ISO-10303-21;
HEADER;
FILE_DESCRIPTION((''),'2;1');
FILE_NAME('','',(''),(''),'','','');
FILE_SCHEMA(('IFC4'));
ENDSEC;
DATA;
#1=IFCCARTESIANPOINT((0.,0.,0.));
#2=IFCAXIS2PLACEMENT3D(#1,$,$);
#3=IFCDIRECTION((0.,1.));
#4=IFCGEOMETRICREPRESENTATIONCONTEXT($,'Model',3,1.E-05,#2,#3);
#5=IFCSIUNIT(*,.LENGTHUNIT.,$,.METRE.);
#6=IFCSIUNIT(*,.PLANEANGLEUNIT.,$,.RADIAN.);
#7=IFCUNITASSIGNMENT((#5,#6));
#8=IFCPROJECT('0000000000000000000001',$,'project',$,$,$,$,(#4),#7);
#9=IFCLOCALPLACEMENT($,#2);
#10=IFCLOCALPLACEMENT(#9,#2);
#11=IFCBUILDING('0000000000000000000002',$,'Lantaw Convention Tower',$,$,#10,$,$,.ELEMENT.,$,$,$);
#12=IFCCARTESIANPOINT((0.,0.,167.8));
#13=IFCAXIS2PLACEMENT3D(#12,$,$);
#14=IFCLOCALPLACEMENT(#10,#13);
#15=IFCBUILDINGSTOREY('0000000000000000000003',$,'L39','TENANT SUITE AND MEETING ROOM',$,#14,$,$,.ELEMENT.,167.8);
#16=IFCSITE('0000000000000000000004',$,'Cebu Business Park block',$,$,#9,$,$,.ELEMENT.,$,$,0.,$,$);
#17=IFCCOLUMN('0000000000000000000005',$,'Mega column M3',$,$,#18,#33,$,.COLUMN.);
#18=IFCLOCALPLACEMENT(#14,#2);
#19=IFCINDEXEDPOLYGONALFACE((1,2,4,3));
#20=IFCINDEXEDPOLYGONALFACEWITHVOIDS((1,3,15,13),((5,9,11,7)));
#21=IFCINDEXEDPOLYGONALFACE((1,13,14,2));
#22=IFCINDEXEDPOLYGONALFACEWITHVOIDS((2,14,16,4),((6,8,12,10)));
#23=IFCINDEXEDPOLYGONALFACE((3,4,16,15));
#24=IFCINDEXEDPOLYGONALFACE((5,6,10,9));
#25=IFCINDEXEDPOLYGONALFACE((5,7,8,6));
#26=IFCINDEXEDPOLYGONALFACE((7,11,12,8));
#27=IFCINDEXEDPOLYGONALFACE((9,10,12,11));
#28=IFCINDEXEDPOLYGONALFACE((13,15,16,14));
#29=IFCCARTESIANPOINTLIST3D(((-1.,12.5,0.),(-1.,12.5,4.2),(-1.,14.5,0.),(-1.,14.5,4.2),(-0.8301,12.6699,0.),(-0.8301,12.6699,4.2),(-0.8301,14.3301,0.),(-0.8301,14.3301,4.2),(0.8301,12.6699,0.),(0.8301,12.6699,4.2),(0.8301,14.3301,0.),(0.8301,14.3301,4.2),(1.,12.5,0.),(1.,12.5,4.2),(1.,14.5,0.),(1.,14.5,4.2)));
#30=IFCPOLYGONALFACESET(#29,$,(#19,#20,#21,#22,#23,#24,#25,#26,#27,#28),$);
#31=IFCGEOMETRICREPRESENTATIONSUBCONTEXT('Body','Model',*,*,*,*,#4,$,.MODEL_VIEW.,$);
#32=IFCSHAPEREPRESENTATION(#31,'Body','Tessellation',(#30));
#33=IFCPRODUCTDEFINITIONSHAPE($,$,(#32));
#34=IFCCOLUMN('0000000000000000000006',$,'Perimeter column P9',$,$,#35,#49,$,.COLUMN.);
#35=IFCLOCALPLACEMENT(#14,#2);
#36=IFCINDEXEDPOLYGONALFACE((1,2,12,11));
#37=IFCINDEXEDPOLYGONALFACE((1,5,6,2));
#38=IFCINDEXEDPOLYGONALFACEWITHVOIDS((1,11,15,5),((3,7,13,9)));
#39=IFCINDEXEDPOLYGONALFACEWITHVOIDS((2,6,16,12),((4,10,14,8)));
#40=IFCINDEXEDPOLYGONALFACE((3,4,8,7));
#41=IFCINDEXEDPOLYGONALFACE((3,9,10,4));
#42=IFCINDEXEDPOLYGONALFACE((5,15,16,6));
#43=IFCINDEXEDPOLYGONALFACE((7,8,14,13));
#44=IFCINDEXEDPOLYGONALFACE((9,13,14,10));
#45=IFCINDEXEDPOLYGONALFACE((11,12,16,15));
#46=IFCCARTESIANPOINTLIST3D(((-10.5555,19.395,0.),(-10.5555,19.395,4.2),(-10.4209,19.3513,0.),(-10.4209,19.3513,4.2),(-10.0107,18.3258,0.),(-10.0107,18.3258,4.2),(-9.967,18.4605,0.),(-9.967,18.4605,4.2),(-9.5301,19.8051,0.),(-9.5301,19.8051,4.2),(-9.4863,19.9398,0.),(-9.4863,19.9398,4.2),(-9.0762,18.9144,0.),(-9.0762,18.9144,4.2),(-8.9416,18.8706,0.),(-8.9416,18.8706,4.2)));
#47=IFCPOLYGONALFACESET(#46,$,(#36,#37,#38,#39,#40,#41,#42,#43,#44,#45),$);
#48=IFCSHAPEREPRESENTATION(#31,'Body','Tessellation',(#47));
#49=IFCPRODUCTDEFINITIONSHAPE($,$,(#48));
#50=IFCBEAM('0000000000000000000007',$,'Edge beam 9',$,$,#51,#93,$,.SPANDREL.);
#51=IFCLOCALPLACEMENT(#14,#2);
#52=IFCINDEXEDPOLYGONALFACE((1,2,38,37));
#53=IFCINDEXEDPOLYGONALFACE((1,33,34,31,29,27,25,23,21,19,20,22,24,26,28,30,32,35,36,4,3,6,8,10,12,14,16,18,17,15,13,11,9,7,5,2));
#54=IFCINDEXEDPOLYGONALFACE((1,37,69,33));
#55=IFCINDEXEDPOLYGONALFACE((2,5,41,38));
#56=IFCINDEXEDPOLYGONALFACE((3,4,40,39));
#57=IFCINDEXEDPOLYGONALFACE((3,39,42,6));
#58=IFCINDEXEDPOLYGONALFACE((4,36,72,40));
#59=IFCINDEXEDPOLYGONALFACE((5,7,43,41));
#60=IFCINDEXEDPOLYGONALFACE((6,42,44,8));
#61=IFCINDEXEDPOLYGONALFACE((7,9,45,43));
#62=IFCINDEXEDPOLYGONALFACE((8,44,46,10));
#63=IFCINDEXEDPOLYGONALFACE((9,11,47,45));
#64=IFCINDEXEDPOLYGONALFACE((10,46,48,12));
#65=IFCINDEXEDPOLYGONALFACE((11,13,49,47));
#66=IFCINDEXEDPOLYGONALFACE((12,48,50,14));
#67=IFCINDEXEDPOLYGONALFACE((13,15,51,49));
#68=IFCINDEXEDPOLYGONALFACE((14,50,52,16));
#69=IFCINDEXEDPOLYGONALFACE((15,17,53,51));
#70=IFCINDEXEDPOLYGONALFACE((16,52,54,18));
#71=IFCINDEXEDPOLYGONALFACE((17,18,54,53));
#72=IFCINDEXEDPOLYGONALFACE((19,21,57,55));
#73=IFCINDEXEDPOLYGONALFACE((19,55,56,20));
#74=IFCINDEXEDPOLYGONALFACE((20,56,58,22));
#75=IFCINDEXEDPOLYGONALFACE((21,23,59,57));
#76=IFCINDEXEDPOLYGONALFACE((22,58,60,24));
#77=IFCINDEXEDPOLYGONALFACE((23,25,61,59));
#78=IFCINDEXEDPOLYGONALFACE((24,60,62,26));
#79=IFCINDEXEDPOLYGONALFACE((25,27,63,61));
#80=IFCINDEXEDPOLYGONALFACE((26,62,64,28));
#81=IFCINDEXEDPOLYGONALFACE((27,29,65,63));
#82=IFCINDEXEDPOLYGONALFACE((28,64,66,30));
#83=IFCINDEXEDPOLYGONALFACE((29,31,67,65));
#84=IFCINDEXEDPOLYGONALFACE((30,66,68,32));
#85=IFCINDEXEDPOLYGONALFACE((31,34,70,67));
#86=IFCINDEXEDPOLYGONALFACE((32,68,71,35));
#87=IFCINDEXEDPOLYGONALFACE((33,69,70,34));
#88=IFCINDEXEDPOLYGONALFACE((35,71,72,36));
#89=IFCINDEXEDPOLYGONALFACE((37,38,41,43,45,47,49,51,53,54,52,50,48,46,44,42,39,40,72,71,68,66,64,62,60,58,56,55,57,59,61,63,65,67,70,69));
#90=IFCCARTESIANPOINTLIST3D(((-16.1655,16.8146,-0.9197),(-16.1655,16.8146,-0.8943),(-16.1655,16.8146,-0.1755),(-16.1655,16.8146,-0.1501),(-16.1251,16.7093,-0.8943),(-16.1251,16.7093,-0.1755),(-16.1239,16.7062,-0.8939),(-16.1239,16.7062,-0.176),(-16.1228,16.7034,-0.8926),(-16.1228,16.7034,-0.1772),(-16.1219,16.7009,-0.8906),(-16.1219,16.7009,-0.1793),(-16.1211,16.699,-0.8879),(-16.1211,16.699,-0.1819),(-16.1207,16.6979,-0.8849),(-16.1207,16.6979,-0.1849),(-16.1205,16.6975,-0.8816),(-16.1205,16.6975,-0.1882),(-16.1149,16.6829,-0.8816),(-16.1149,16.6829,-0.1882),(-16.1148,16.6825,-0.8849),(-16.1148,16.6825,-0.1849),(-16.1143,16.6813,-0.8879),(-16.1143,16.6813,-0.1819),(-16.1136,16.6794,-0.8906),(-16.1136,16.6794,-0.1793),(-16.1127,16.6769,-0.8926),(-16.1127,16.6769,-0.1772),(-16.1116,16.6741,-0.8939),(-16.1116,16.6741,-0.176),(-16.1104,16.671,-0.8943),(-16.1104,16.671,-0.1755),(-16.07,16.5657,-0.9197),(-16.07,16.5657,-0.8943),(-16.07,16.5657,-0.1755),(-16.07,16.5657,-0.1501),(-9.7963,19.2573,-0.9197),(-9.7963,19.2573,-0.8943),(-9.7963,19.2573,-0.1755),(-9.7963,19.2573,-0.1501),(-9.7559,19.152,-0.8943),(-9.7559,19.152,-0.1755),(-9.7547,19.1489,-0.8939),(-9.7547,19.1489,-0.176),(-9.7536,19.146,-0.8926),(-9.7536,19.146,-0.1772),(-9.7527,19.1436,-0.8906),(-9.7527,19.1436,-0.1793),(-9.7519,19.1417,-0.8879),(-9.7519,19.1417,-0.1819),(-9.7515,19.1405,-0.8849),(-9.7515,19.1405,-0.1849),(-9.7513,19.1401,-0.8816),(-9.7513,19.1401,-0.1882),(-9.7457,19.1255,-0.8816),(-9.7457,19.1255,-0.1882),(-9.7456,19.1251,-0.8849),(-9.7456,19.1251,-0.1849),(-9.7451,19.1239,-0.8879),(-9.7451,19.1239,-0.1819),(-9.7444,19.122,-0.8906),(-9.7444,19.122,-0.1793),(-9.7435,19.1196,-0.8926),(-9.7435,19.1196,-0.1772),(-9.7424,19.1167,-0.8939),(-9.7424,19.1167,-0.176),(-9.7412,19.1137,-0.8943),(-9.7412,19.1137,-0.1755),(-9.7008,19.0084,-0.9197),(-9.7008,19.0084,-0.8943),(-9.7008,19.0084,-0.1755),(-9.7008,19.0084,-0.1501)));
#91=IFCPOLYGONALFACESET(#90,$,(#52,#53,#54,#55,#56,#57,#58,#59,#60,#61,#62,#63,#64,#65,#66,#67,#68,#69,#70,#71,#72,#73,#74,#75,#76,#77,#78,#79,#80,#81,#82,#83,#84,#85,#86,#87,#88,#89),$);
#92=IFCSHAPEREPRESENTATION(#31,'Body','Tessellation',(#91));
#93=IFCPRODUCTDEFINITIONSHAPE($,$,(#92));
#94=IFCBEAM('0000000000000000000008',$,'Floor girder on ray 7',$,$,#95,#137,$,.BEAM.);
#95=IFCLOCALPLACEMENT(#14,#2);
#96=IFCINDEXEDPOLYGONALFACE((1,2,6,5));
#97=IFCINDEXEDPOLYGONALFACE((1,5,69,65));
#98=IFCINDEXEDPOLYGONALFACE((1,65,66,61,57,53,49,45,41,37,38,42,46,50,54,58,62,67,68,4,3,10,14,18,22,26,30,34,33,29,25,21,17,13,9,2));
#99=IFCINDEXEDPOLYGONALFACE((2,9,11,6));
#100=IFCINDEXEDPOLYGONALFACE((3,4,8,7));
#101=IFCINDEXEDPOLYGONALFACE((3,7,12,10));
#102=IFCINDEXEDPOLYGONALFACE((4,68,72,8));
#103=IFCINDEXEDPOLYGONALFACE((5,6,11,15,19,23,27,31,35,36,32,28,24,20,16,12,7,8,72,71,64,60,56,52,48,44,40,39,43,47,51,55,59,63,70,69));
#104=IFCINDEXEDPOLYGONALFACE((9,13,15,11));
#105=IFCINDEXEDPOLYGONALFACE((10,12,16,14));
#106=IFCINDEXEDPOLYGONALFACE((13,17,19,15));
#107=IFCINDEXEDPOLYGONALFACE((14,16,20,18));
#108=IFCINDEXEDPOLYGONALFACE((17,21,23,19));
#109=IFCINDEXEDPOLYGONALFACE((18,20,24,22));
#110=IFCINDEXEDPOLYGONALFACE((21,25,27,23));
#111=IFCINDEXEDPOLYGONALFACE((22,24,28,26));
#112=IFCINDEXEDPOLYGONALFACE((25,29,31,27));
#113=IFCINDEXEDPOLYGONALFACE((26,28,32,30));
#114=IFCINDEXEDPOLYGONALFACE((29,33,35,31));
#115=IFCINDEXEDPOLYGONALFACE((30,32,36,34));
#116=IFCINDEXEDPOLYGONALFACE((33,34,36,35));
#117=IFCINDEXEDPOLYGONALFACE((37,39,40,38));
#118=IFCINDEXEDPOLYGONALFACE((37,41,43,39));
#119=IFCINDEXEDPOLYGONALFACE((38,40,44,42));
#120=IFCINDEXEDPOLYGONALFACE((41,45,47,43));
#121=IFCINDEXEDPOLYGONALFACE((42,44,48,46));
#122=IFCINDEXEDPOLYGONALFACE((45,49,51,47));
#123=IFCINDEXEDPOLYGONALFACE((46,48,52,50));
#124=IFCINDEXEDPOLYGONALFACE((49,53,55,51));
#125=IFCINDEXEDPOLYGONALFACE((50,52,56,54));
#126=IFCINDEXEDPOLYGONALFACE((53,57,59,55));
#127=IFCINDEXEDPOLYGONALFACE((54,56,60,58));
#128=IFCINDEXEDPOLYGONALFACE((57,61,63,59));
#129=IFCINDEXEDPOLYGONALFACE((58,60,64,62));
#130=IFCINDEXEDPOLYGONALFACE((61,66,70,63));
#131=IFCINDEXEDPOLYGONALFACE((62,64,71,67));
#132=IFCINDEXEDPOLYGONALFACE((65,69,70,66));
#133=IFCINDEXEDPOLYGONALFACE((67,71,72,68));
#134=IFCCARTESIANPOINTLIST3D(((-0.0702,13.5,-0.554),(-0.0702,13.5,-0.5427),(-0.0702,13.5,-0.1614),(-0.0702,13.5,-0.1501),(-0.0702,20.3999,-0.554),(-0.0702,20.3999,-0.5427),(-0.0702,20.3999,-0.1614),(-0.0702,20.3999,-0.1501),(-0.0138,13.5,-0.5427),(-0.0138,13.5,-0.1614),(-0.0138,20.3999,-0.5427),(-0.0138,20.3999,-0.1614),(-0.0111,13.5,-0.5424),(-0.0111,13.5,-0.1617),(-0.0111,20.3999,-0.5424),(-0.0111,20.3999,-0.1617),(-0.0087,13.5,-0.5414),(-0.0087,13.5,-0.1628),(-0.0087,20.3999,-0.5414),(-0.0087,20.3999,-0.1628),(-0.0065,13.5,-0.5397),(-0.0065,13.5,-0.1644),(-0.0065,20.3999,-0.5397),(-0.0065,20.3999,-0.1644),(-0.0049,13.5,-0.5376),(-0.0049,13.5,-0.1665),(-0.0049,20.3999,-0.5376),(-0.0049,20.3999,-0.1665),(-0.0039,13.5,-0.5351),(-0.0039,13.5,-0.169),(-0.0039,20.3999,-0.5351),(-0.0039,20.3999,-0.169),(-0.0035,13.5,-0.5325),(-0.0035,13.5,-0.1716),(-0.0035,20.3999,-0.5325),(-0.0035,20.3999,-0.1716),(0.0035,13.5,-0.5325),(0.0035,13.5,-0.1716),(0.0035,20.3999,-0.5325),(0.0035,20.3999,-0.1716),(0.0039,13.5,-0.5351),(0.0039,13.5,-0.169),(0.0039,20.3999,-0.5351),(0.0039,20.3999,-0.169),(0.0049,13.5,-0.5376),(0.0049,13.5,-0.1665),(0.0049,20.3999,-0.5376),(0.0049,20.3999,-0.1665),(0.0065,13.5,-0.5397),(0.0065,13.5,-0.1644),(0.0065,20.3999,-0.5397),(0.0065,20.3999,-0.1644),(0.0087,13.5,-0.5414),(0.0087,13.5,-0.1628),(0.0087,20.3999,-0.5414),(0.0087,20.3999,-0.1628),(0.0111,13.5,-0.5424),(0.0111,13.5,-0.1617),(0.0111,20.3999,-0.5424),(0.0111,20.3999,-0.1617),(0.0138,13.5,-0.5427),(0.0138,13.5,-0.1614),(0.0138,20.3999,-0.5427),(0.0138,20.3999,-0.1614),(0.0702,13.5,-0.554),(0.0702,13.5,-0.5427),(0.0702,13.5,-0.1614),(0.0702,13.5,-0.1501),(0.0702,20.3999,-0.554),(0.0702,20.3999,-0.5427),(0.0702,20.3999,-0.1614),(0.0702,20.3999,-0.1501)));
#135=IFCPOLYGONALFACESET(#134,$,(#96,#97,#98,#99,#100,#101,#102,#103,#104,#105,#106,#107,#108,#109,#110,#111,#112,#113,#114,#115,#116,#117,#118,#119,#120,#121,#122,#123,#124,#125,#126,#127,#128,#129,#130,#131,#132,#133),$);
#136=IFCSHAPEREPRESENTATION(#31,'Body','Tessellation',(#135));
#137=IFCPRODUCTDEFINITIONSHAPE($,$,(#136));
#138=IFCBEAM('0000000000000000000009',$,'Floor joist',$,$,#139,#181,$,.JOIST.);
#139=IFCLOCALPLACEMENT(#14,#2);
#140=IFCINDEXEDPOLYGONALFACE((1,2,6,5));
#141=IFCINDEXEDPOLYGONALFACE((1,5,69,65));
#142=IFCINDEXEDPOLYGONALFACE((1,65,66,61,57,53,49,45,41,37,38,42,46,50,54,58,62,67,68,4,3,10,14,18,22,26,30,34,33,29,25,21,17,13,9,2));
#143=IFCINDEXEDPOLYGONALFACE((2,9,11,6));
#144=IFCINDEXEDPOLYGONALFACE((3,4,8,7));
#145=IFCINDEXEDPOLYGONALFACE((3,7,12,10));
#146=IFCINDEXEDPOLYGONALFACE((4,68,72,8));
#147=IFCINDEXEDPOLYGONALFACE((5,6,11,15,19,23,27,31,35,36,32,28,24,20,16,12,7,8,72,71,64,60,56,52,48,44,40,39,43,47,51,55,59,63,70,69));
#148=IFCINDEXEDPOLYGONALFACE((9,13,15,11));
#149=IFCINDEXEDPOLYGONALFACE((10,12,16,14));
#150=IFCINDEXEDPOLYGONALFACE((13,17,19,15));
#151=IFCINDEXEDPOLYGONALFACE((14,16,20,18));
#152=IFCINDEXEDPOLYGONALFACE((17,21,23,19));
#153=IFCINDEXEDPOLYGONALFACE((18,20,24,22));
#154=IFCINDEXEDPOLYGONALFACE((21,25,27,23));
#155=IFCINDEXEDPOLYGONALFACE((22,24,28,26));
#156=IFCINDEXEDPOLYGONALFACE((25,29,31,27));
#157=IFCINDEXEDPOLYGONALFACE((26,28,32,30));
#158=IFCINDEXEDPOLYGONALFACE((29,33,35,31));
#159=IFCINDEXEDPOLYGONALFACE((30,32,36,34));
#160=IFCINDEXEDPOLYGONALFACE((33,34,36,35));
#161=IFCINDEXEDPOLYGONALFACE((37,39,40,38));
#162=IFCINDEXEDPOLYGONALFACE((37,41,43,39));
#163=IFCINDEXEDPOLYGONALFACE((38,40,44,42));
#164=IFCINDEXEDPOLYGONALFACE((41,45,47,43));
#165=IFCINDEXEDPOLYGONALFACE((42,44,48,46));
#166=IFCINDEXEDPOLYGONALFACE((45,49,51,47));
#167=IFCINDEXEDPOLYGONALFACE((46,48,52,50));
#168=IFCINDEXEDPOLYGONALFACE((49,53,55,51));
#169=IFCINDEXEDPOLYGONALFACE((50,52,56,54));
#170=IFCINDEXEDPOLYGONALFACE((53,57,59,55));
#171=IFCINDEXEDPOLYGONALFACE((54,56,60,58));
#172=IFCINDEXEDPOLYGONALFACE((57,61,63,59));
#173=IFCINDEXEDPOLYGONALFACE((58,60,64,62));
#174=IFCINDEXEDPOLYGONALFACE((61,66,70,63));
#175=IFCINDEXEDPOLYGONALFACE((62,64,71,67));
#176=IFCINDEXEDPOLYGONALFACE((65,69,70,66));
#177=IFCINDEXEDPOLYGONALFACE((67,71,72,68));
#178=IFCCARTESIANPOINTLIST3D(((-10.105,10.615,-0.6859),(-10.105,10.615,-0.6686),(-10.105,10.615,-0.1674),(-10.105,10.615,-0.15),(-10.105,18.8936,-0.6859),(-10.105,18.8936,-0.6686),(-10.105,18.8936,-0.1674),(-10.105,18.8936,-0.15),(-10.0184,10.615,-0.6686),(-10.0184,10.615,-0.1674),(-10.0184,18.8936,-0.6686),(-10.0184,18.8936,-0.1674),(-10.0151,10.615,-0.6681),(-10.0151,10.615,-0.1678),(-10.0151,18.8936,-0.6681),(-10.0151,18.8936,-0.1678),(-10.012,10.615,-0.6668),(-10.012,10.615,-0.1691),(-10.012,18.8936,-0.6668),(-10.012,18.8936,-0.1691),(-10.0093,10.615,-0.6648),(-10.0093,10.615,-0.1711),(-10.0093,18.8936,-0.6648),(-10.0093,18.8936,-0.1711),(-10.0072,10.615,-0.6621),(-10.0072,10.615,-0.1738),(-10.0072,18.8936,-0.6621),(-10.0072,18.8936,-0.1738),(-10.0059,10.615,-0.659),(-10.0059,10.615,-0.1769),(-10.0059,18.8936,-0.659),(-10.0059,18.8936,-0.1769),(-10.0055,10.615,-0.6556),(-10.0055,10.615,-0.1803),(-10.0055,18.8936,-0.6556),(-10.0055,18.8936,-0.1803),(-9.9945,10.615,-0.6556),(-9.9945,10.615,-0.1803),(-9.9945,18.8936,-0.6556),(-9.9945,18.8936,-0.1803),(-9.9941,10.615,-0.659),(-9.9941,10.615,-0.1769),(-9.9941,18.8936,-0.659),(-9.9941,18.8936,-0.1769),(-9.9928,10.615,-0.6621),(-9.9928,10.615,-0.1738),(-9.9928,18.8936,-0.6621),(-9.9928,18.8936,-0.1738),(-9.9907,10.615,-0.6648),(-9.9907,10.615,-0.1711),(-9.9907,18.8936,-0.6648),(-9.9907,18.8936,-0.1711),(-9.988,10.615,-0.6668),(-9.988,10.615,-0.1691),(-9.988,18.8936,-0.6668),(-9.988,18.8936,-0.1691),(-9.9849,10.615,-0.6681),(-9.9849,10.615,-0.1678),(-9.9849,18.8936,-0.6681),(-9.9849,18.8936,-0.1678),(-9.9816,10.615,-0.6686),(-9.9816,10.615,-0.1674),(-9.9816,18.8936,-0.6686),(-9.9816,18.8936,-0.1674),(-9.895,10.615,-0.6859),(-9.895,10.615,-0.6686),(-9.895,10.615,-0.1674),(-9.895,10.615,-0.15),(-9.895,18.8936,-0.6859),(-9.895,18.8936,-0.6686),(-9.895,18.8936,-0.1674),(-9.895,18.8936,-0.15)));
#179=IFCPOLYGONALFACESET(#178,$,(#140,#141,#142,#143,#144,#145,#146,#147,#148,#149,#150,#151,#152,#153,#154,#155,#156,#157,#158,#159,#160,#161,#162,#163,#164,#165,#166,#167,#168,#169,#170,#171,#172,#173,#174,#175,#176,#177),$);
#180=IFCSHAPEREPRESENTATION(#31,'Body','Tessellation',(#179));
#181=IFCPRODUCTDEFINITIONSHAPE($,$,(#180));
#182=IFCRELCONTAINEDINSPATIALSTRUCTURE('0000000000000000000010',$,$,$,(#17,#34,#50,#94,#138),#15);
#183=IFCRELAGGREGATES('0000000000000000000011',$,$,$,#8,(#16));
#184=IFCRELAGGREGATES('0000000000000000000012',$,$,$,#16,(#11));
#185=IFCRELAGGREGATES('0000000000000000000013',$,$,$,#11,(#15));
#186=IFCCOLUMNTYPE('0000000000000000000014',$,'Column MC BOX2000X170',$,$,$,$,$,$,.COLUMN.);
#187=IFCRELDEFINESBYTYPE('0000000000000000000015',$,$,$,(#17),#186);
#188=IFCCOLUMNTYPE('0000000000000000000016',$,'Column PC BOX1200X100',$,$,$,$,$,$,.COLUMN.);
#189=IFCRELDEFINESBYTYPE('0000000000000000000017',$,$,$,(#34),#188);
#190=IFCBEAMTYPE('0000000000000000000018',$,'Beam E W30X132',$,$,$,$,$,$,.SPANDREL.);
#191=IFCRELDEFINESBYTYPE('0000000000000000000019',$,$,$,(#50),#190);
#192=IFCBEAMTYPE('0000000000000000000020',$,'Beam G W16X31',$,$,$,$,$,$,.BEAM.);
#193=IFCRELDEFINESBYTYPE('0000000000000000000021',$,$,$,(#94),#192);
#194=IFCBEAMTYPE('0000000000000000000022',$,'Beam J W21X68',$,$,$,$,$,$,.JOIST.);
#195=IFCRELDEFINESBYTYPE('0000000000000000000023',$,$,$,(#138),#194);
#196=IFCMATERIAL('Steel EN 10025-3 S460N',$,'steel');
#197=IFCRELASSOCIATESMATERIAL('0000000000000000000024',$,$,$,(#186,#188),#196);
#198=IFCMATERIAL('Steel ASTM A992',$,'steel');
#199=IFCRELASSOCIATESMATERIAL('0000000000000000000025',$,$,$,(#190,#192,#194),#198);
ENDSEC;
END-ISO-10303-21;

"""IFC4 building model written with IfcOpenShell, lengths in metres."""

from ifc_helpers import new_model, si_unit, direction, frame, origin, origin_2d, place, context, subcontext, project, spatial, rectangle, hollow_rectangle, i_section, extrude, material, material_profile, profile_set, type_object, element, save


model = new_model("IFC4")

# Units and contexts
model_context = context("Model", 3, precision=1e-05, world=origin(), true_north=direction((0.0, 1.0)))
body_context = subcontext(model_context, "Body", "Model", "MODEL_VIEW")
ifc_project = project(units=[si_unit("LENGTHUNIT", "METRE"), si_unit("PLANEANGLEUNIT", "RADIAN")], contexts=[model_context])

# Site, building, storey
site_placement = place(None, origin())
site = spatial("IfcSite", under=ifc_project, at=site_placement, Name="Cebu Business Park block", CompositionType="ELEMENT", RefElevation=0.0)
building_placement = place(site_placement, origin())
building = spatial("IfcBuilding", under=site, at=building_placement, Name="Lantaw Convention Tower", CompositionType="ELEMENT")
storey_placement = place(building_placement, frame((0.0, 0.0, 167.8)))
storey = spatial("IfcBuildingStorey", under=building, at=storey_placement, Name="L39", Description="TENANT SUITE AND MEETING ROOM", CompositionType="ELEMENT", Elevation=167.8)

# Columns
ifc_material_1 = material(Name="Steel EN 10025-3 S460N", Category="steel")
ifc_material_profile_1 = material_profile(ifc_material_1, hollow_rectangle(XDim=2.0, YDim=2.0, WallThickness=0.1699, at=origin_2d()), Name="BOX2000X170")
ifc_material_2 = material(Name="Concrete C60/75", Category="concrete")
ifc_material_profile_2 = material_profile(ifc_material_2, rectangle(XDim=1.6599, YDim=1.6599, at=origin_2d()), Name="Concrete fill of BOX2000X170")
ifc_profile_set_1 = profile_set([ifc_material_profile_1, ifc_material_profile_2], Name="Steel EN 10025-3 S460N")
column_type_1 = type_object("IfcColumnType", Name="Column MC BOX2000X170", PredefinedType="COLUMN", material=ifc_profile_set_1)
column_1_placement = place(storey_placement, frame((0.0, 13.5, 0.0), z_axis=(0.0, 0.0, 1.0), x_axis=(1.0, 0.0, 0.0)))
element("IfcColumn", 1, at=column_1_placement, inside=storey, type_object=column_type_1, Name="Mega column M3", PredefinedType="COLUMN", context=body_context, shape_type="SweptSolid", body=[
    extrude(hollow_rectangle(XDim=2.0, YDim=2.0, WallThickness=0.1699, at=origin_2d()), origin(), (0.0, 0.0, 1.0), 4.2),
])
ifc_material_profile_3 = material_profile(ifc_material_1, hollow_rectangle(XDim=1.2, YDim=1.2, WallThickness=0.1001, at=origin_2d()), Name="BOX1200X100")
ifc_material_profile_4 = material_profile(ifc_material_2, rectangle(XDim=1.0, YDim=1.0, at=origin_2d()), Name="Concrete fill of BOX1200X100")
ifc_profile_set_2 = profile_set([ifc_material_profile_3, ifc_material_profile_4], Name="Steel EN 10025-3 S460N")
column_type_2 = type_object("IfcColumnType", Name="Column PC BOX1200X100", PredefinedType="COLUMN", material=ifc_profile_set_2)
column_2_placement = place(storey_placement, frame((-9.7485, 19.1328, 0.0), z_axis=(0.0, 0.0, 1.0), x_axis=(0.891007, 0.45399, 0.0)))
element("IfcColumn", 2, at=column_2_placement, inside=storey, type_object=column_type_2, Name="Perimeter column P9", PredefinedType="COLUMN", context=body_context, shape_type="SweptSolid", body=[
    extrude(hollow_rectangle(XDim=1.2, YDim=1.2, WallThickness=0.1001, at=origin_2d()), origin(), (0.0, 0.0, 1.0), 4.2),
])

# Beams
ifc_material_3 = material(Name="Steel ASTM A992", Category="steel")
ifc_material_profile_5 = material_profile(ifc_material_3, i_section(OverallWidth=0.2666, OverallDepth=0.7695, WebThickness=0.0156, FlangeThickness=0.0254, FilletRadius=0.0127, at=origin_2d()), Name="W30X132")
ifc_profile_set_3 = profile_set([ifc_material_profile_5], Name="Steel ASTM A992")
beam_type_1 = type_object("IfcBeamType", Name="Beam E W30X132", PredefinedType="SPANDREL", material=ifc_profile_set_3)
beam_1_placement = place(storey_placement, frame((-9.7485, 19.1328, -0.5349), z_axis=(-0.933691, -0.35808, 0.0), x_axis=(0.35808, -0.933691, 0.0)))
element("IfcBeam", 3, at=beam_1_placement, inside=storey, type_object=beam_type_1, Name="Edge beam 9", PredefinedType="SPANDREL", context=body_context, shape_type="SweptSolid", body=[
    extrude(i_section(OverallWidth=0.2666, OverallDepth=0.7695, WebThickness=0.0156, FlangeThickness=0.0254, FilletRadius=0.0127, at=origin_2d()), origin(), (0.0, 0.0, 1.0), 6.8215),
])
ifc_material_profile_6 = material_profile(ifc_material_3, i_section(OverallWidth=0.1404, OverallDepth=0.4038, WebThickness=0.0071, FlangeThickness=0.0112, FilletRadius=0.0103, at=origin_2d()), Name="W16X31")
ifc_profile_set_4 = profile_set([ifc_material_profile_6], Name="Steel ASTM A992")
beam_type_2 = type_object("IfcBeamType", Name="Beam G W16X31", PredefinedType="BEAM", material=ifc_profile_set_4)
beam_2_placement = place(storey_placement, frame((0.0, 13.5, -0.3521), z_axis=(0.0, 1.0, 0.0), x_axis=(-1.0, 0.0, 0.0)))
element("IfcBeam", 4, at=beam_2_placement, inside=storey, type_object=beam_type_2, Name="Floor girder on ray 7", PredefinedType="BEAM", context=body_context, shape_type="SweptSolid", body=[
    extrude(i_section(OverallWidth=0.1404, OverallDepth=0.4038, WebThickness=0.0071, FlangeThickness=0.0112, FilletRadius=0.0103, at=origin_2d()), origin(), (0.0, 0.0, 1.0), 6.8999),
])
ifc_material_profile_7 = material_profile(ifc_material_3, i_section(OverallWidth=0.21, OverallDepth=0.5359, WebThickness=0.011, FlangeThickness=0.0173, FilletRadius=0.0129, at=origin_2d()), Name="W21X68")
ifc_profile_set_5 = profile_set([ifc_material_profile_7], Name="Steel ASTM A992")
beam_type_3 = type_object("IfcBeamType", Name="Beam J W21X68", PredefinedType="JOIST", material=ifc_profile_set_5)
beam_3_placement = place(storey_placement, frame((-10.0, 10.615, -0.418), z_axis=(0.0, 1.0, 0.0), x_axis=(-1.0, 0.0, 0.0)))
element("IfcBeam", 5, at=beam_3_placement, inside=storey, type_object=beam_type_3, Name="Floor joist", PredefinedType="JOIST", context=body_context, shape_type="SweptSolid", body=[
    extrude(i_section(OverallWidth=0.21, OverallDepth=0.5359, WebThickness=0.011, FlangeThickness=0.0173, FilletRadius=0.0129, at=origin_2d()), origin(), (0.0, 0.0, 1.0), 8.2786),
])

save(model, "model.ifc")
